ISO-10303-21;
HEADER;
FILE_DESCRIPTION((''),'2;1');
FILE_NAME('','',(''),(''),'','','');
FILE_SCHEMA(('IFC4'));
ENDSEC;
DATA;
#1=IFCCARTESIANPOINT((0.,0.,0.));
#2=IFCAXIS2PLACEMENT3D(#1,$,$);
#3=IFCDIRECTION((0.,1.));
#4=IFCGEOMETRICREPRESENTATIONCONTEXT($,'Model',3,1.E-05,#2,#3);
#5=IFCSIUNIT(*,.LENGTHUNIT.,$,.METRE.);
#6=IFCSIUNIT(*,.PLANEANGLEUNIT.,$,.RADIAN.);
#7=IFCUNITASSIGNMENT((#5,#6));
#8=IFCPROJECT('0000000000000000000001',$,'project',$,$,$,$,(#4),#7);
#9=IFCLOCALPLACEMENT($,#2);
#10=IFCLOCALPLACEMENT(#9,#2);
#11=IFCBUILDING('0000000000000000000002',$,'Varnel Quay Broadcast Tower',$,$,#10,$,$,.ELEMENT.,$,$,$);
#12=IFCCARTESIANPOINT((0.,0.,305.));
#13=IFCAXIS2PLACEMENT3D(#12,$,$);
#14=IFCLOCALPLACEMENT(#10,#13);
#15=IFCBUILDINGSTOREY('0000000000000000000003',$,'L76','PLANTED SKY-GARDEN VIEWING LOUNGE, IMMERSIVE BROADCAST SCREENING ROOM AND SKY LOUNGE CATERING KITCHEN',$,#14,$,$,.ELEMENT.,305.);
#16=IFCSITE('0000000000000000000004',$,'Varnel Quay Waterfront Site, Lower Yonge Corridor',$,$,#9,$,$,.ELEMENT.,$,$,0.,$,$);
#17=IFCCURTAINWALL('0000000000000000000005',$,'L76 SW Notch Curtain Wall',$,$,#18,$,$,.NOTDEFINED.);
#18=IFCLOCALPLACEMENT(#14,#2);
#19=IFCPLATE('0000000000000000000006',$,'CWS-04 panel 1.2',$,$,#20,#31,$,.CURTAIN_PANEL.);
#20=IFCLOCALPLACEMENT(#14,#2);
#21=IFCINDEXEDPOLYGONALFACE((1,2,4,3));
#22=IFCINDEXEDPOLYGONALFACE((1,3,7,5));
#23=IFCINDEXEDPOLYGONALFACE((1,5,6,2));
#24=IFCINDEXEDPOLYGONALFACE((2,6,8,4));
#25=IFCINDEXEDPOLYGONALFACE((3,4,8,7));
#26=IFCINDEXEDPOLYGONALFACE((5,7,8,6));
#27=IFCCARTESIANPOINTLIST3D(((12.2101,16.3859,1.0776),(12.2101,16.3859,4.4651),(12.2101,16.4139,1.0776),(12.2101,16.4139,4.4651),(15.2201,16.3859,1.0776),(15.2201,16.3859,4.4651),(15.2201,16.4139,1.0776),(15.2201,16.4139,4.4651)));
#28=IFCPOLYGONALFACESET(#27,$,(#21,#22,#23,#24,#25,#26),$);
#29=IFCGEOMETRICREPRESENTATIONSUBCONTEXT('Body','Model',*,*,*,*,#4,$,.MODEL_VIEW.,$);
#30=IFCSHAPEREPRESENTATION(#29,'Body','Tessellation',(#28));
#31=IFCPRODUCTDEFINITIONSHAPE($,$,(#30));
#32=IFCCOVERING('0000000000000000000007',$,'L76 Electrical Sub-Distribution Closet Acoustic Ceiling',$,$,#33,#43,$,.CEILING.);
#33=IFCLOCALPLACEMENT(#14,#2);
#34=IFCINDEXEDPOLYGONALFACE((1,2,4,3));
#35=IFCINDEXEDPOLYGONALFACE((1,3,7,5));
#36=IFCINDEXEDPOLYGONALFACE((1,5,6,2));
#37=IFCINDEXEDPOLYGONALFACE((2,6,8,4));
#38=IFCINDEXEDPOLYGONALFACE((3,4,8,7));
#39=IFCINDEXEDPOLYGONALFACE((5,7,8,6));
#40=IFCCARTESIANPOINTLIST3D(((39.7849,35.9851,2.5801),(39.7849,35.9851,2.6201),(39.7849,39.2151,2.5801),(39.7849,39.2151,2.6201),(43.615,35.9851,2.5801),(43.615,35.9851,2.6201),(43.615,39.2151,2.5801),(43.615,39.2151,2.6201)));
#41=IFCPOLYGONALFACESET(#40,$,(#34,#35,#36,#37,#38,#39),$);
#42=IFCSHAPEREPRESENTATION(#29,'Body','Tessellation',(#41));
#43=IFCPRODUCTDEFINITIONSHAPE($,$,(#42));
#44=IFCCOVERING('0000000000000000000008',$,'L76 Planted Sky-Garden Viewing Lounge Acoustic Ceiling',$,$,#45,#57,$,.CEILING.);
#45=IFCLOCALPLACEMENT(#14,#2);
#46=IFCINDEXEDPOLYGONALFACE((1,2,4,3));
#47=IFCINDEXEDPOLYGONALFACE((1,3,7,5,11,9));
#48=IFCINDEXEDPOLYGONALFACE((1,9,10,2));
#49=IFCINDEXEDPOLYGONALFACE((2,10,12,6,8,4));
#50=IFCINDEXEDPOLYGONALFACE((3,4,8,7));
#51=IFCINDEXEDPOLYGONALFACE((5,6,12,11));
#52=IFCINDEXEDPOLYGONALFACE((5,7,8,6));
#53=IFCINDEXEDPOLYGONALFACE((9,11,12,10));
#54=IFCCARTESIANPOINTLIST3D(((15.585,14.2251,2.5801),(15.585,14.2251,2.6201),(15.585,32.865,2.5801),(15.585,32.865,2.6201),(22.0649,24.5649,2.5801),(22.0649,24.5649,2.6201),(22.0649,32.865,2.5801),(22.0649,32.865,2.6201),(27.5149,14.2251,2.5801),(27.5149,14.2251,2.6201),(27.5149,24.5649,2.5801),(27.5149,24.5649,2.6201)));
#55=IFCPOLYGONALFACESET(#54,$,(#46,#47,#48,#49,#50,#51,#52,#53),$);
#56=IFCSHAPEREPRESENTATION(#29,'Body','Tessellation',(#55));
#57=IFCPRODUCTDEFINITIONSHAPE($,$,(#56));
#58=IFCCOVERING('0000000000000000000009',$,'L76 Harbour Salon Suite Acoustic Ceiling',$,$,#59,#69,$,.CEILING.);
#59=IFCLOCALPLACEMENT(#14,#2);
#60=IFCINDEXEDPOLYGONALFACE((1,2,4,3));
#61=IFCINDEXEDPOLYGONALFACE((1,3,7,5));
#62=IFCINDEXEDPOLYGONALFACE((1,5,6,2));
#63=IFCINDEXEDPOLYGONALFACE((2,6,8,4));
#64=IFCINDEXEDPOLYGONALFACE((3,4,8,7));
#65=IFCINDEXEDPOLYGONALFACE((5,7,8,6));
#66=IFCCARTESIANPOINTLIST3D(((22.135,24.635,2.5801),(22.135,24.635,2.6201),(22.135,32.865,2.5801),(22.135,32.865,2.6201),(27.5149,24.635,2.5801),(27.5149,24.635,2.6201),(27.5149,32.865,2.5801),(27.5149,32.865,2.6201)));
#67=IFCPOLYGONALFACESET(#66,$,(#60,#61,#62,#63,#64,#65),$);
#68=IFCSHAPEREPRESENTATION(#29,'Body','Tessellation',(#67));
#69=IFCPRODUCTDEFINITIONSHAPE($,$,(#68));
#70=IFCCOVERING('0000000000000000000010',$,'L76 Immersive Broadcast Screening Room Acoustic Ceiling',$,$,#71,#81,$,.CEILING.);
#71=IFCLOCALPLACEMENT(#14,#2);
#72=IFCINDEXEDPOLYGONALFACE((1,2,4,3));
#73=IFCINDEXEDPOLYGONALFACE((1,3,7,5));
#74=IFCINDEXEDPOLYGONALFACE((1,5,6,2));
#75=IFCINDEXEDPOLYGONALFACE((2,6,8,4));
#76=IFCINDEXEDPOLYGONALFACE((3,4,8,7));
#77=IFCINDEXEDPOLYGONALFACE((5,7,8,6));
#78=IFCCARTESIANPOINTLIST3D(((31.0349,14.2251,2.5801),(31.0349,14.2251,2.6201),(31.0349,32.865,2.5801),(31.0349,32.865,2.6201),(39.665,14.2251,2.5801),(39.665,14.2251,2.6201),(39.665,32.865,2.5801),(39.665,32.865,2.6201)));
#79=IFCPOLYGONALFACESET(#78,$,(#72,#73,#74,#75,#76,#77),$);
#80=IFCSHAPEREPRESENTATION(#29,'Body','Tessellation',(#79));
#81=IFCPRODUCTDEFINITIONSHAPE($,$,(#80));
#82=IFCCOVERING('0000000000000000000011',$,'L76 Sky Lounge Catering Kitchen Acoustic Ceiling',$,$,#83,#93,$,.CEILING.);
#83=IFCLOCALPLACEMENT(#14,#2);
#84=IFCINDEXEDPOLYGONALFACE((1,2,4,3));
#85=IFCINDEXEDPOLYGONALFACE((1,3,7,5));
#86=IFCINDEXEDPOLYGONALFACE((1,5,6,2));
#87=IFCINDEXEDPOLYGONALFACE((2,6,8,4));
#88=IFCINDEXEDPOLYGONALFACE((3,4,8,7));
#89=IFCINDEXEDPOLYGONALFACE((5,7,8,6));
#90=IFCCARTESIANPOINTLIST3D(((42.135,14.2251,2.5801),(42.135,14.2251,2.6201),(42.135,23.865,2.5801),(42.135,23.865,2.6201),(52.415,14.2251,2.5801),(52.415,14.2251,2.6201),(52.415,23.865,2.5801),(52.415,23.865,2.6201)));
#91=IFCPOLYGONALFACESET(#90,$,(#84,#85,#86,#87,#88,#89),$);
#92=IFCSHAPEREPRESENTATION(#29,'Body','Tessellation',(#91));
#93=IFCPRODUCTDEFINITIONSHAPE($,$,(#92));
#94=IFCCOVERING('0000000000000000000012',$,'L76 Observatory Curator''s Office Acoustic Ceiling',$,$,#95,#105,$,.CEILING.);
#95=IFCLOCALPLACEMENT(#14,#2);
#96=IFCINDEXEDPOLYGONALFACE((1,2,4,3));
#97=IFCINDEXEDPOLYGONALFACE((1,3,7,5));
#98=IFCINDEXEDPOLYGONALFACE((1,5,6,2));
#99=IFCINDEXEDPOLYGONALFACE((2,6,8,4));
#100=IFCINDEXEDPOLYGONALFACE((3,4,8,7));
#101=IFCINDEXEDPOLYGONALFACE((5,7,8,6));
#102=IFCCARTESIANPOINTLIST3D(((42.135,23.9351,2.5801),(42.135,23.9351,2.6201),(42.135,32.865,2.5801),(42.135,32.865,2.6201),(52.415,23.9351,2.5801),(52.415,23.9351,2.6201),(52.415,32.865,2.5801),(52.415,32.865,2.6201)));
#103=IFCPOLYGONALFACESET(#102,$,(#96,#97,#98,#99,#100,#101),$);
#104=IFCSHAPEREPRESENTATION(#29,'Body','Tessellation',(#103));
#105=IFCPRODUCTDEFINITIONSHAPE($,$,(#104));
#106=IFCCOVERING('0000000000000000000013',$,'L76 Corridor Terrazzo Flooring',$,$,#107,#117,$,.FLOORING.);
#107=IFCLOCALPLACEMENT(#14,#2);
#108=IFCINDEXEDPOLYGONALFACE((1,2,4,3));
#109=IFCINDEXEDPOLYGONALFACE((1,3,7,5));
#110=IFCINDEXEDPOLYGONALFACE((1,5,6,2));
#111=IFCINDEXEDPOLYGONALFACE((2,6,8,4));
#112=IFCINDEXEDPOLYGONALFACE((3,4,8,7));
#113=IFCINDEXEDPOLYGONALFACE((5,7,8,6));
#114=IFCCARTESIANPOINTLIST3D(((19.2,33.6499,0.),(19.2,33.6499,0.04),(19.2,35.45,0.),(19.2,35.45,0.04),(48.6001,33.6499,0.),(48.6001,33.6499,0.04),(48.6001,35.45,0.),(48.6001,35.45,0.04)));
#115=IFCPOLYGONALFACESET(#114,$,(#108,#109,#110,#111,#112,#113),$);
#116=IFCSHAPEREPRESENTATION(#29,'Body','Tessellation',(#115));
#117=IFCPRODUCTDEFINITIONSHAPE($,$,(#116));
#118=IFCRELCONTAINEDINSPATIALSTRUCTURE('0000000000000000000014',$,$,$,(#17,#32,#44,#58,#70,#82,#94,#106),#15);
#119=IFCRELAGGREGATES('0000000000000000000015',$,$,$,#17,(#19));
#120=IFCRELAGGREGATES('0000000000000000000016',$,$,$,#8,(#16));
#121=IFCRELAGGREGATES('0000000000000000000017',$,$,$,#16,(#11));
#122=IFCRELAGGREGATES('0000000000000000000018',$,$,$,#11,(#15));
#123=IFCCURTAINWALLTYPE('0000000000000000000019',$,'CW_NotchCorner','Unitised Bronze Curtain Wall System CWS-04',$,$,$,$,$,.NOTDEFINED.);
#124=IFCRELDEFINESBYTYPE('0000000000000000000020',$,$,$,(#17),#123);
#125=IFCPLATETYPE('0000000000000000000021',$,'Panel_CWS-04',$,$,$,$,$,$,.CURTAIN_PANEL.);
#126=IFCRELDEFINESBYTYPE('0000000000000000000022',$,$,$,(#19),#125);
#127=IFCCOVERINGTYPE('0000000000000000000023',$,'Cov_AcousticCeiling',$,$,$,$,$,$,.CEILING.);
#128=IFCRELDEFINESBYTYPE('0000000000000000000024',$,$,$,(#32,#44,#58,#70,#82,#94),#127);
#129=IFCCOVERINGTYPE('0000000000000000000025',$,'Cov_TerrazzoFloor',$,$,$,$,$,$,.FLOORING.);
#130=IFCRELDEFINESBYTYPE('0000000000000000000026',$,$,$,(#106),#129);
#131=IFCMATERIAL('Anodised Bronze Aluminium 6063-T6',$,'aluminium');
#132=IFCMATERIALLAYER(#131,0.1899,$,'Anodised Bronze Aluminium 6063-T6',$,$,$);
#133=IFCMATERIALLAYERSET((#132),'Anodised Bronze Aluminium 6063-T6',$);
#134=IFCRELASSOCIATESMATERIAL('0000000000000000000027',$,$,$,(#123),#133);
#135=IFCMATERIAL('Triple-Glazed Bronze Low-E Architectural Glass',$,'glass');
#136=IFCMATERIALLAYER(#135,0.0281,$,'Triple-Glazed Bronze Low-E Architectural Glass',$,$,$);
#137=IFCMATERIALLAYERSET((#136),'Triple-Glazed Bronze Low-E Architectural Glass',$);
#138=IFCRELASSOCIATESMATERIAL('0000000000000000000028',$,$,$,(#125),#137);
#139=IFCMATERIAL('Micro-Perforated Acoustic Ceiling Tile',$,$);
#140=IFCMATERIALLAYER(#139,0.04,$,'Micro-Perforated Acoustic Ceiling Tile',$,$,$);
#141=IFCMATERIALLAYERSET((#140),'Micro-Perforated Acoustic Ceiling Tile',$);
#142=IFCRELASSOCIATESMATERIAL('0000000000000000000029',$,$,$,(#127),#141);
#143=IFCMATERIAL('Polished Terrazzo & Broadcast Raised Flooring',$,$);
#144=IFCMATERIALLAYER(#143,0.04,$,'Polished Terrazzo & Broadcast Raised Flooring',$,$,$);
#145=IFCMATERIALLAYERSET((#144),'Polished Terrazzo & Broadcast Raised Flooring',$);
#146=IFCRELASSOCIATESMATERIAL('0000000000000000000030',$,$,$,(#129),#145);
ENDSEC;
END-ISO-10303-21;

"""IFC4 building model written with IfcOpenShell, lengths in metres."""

from ifc_helpers import new_model, si_unit, direction, frame, origin, origin_2d, place, context, subcontext, project, spatial, polyline, rectangle, outline, extrude, source, transform, mapped, material, layer, layer_set, type_object, element, aggregate, save


model = new_model("IFC4")

# Units and contexts
model_context = context("Model", 3, precision=1e-05, world=origin(), true_north=direction((0.0, 1.0)))
body_context = subcontext(model_context, "Body", "Model", "MODEL_VIEW")
ifc_project = project(units=[si_unit("LENGTHUNIT", "METRE"), si_unit("PLANEANGLEUNIT", "RADIAN")], contexts=[model_context])

# Site, building, storey
site_placement = place(None, origin())
site = spatial("IfcSite", under=ifc_project, at=site_placement, Name="Varnel Quay Waterfront Site, Lower Yonge Corridor", CompositionType="ELEMENT", RefElevation=0.0)
building_placement = place(site_placement, origin())
building = spatial("IfcBuilding", under=site, at=building_placement, Name="Varnel Quay Broadcast Tower", CompositionType="ELEMENT")
storey_placement = place(building_placement, frame((0.0, 0.0, 305.0)))
storey = spatial("IfcBuildingStorey", under=building, at=storey_placement, Name="L76", Description="PLANTED SKY-GARDEN VIEWING LOUNGE, IMMERSIVE BROADCAST SCREENING ROOM AND SKY LOUNGE CATERING KITCHEN", CompositionType="ELEMENT", Elevation=305.0)

# Curtain wall
ifc_material_1 = material(Name="Anodised Bronze Aluminium 6063-T6", Category="aluminium")
ifc_layer_1 = layer(ifc_material_1, 0.1899, Name="Anodised Bronze Aluminium 6063-T6")
ifc_layer_set_1 = layer_set([ifc_layer_1], Name="Anodised Bronze Aluminium 6063-T6")
curtain_wall_type_1 = type_object("IfcCurtainWallType", Name="CW_NotchCorner", Description="Unitised Bronze Curtain Wall System CWS-04", PredefinedType="NOTDEFINED", material=ifc_layer_set_1)
curtain_wall_1_placement = place(storey_placement, origin())
curtain_wall_1 = element("IfcCurtainWall", 1, at=curtain_wall_1_placement, inside=storey, type_object=curtain_wall_type_1, Name="L76 SW Notch Curtain Wall", PredefinedType="NOTDEFINED")

# Plate
ifc_material_2 = material(Name="Triple-Glazed Bronze Low-E Architectural Glass", Category="glass")
ifc_layer_2 = layer(ifc_material_2, 0.0281, Name="Triple-Glazed Bronze Low-E Architectural Glass")
ifc_layer_set_2 = layer_set([ifc_layer_2], Name="Triple-Glazed Bronze Low-E Architectural Glass")
plate_type_1 = type_object("IfcPlateType", Name="Panel_CWS-04", PredefinedType="CURTAIN_PANEL", material=ifc_layer_set_2)
shared_shape_1 = source(origin(), body_context, "Body", "SweptSolid", [
    extrude(rectangle(XDim=3.01, YDim=0.0281, at=origin_2d()), origin(), (0.0, 0.0, 1.0), 3.3875),
])
plate_1_placement = place(storey_placement, frame((13.7151, 16.3999, 1.0776), z_axis=(0.0, 0.0, 1.0), x_axis=(1.0, 0.0, 0.0)))
plate_1 = element("IfcPlate", 2, at=plate_1_placement, type_object=plate_type_1, Name="CWS-04 panel 1.2", PredefinedType="CURTAIN_PANEL", context=body_context, shape_type="MappedRepresentation", body=[
    mapped(shared_shape_1, transform((0.0, 0.0, 0.0), x_axis=(1.0, 0.0, 0.0), y_axis=(0.0, 1.0, 0.0), z_axis=(0.0, 0.0, 1.0), scale=1.0)),
])
aggregate(curtain_wall_1, [plate_1])

# Coverings
ifc_material_3 = material(Name="Micro-Perforated Acoustic Ceiling Tile")
ifc_layer_3 = layer(ifc_material_3, 0.04, Name="Micro-Perforated Acoustic Ceiling Tile")
ifc_layer_set_3 = layer_set([ifc_layer_3], Name="Micro-Perforated Acoustic Ceiling Tile")
covering_type_1 = type_object("IfcCoveringType", Name="Cov_AcousticCeiling", PredefinedType="CEILING", material=ifc_layer_set_3)
covering_1_placement = place(storey_placement, frame((0.0, 0.0, 2.5801)))
element("IfcCovering", 3, at=covering_1_placement, inside=storey, type_object=covering_type_1, Name="L76 Electrical Sub-Distribution Closet Acoustic Ceiling", PredefinedType="CEILING", context=body_context, shape_type="SweptSolid", body=[
    extrude(outline(polyline([(39.7849, 35.9851), (43.615, 35.9851), (43.615, 39.2151), (39.7849, 39.2151), (39.7849, 35.9851)])), origin(), (0.0, 0.0, 1.0), 0.04),
])
covering_2_placement = place(storey_placement, frame((0.0, 0.0, 2.5801)))
element("IfcCovering", 4, at=covering_2_placement, inside=storey, type_object=covering_type_1, Name="L76 Planted Sky-Garden Viewing Lounge Acoustic Ceiling", PredefinedType="CEILING", context=body_context, shape_type="SweptSolid", body=[
    extrude(outline(polyline([(15.585, 14.2251), (27.5149, 14.2251), (27.5149, 24.5649), (22.0649, 24.5649), (22.0649, 32.865), (15.585, 32.865), (15.585, 14.2251)])), origin(), (0.0, 0.0, 1.0), 0.04),
])
covering_3_placement = place(storey_placement, frame((0.0, 0.0, 2.5801)))
element("IfcCovering", 5, at=covering_3_placement, inside=storey, type_object=covering_type_1, Name="L76 Harbour Salon Suite Acoustic Ceiling", PredefinedType="CEILING", context=body_context, shape_type="SweptSolid", body=[
    extrude(outline(polyline([(22.135, 24.635), (27.5149, 24.635), (27.5149, 32.865), (22.135, 32.865), (22.135, 24.635)])), origin(), (0.0, 0.0, 1.0), 0.04),
])
covering_4_placement = place(storey_placement, frame((0.0, 0.0, 2.5801)))
element("IfcCovering", 6, at=covering_4_placement, inside=storey, type_object=covering_type_1, Name="L76 Immersive Broadcast Screening Room Acoustic Ceiling", PredefinedType="CEILING", context=body_context, shape_type="SweptSolid", body=[
    extrude(outline(polyline([(31.0349, 14.2251), (39.665, 14.2251), (39.665, 32.865), (31.0349, 32.865), (31.0349, 14.2251)])), origin(), (0.0, 0.0, 1.0), 0.04),
])
covering_5_placement = place(storey_placement, frame((0.0, 0.0, 2.5801)))
element("IfcCovering", 7, at=covering_5_placement, inside=storey, type_object=covering_type_1, Name="L76 Sky Lounge Catering Kitchen Acoustic Ceiling", PredefinedType="CEILING", context=body_context, shape_type="SweptSolid", body=[
    extrude(outline(polyline([(42.135, 14.2251), (52.415, 14.2251), (52.415, 23.865), (42.135, 23.865), (42.135, 14.2251)])), origin(), (0.0, 0.0, 1.0), 0.04),
])
covering_6_placement = place(storey_placement, frame((0.0, 0.0, 2.5801)))
element("IfcCovering", 8, at=covering_6_placement, inside=storey, type_object=covering_type_1, Name="L76 Observatory Curator's Office Acoustic Ceiling", PredefinedType="CEILING", context=body_context, shape_type="SweptSolid", body=[
    extrude(outline(polyline([(42.135, 23.9351), (52.415, 23.9351), (52.415, 32.865), (42.135, 32.865), (42.135, 23.9351)])), origin(), (0.0, 0.0, 1.0), 0.04),
])
ifc_material_4 = material(Name="Polished Terrazzo & Broadcast Raised Flooring")
ifc_layer_4 = layer(ifc_material_4, 0.04, Name="Polished Terrazzo & Broadcast Raised Flooring")
ifc_layer_set_4 = layer_set([ifc_layer_4], Name="Polished Terrazzo & Broadcast Raised Flooring")
covering_type_2 = type_object("IfcCoveringType", Name="Cov_TerrazzoFloor", PredefinedType="FLOORING", material=ifc_layer_set_4)
covering_7_placement = place(storey_placement, origin())
element("IfcCovering", 9, at=covering_7_placement, inside=storey, type_object=covering_type_2, Name="L76 Corridor Terrazzo Flooring", PredefinedType="FLOORING", context=body_context, shape_type="SweptSolid", body=[
    extrude(outline(polyline([(19.2, 33.6499), (48.6001, 33.6499), (48.6001, 35.45), (19.2, 35.45), (19.2, 33.6499)])), origin(), (0.0, 0.0, 1.0), 0.04),
])

save(model, "model.ifc")
